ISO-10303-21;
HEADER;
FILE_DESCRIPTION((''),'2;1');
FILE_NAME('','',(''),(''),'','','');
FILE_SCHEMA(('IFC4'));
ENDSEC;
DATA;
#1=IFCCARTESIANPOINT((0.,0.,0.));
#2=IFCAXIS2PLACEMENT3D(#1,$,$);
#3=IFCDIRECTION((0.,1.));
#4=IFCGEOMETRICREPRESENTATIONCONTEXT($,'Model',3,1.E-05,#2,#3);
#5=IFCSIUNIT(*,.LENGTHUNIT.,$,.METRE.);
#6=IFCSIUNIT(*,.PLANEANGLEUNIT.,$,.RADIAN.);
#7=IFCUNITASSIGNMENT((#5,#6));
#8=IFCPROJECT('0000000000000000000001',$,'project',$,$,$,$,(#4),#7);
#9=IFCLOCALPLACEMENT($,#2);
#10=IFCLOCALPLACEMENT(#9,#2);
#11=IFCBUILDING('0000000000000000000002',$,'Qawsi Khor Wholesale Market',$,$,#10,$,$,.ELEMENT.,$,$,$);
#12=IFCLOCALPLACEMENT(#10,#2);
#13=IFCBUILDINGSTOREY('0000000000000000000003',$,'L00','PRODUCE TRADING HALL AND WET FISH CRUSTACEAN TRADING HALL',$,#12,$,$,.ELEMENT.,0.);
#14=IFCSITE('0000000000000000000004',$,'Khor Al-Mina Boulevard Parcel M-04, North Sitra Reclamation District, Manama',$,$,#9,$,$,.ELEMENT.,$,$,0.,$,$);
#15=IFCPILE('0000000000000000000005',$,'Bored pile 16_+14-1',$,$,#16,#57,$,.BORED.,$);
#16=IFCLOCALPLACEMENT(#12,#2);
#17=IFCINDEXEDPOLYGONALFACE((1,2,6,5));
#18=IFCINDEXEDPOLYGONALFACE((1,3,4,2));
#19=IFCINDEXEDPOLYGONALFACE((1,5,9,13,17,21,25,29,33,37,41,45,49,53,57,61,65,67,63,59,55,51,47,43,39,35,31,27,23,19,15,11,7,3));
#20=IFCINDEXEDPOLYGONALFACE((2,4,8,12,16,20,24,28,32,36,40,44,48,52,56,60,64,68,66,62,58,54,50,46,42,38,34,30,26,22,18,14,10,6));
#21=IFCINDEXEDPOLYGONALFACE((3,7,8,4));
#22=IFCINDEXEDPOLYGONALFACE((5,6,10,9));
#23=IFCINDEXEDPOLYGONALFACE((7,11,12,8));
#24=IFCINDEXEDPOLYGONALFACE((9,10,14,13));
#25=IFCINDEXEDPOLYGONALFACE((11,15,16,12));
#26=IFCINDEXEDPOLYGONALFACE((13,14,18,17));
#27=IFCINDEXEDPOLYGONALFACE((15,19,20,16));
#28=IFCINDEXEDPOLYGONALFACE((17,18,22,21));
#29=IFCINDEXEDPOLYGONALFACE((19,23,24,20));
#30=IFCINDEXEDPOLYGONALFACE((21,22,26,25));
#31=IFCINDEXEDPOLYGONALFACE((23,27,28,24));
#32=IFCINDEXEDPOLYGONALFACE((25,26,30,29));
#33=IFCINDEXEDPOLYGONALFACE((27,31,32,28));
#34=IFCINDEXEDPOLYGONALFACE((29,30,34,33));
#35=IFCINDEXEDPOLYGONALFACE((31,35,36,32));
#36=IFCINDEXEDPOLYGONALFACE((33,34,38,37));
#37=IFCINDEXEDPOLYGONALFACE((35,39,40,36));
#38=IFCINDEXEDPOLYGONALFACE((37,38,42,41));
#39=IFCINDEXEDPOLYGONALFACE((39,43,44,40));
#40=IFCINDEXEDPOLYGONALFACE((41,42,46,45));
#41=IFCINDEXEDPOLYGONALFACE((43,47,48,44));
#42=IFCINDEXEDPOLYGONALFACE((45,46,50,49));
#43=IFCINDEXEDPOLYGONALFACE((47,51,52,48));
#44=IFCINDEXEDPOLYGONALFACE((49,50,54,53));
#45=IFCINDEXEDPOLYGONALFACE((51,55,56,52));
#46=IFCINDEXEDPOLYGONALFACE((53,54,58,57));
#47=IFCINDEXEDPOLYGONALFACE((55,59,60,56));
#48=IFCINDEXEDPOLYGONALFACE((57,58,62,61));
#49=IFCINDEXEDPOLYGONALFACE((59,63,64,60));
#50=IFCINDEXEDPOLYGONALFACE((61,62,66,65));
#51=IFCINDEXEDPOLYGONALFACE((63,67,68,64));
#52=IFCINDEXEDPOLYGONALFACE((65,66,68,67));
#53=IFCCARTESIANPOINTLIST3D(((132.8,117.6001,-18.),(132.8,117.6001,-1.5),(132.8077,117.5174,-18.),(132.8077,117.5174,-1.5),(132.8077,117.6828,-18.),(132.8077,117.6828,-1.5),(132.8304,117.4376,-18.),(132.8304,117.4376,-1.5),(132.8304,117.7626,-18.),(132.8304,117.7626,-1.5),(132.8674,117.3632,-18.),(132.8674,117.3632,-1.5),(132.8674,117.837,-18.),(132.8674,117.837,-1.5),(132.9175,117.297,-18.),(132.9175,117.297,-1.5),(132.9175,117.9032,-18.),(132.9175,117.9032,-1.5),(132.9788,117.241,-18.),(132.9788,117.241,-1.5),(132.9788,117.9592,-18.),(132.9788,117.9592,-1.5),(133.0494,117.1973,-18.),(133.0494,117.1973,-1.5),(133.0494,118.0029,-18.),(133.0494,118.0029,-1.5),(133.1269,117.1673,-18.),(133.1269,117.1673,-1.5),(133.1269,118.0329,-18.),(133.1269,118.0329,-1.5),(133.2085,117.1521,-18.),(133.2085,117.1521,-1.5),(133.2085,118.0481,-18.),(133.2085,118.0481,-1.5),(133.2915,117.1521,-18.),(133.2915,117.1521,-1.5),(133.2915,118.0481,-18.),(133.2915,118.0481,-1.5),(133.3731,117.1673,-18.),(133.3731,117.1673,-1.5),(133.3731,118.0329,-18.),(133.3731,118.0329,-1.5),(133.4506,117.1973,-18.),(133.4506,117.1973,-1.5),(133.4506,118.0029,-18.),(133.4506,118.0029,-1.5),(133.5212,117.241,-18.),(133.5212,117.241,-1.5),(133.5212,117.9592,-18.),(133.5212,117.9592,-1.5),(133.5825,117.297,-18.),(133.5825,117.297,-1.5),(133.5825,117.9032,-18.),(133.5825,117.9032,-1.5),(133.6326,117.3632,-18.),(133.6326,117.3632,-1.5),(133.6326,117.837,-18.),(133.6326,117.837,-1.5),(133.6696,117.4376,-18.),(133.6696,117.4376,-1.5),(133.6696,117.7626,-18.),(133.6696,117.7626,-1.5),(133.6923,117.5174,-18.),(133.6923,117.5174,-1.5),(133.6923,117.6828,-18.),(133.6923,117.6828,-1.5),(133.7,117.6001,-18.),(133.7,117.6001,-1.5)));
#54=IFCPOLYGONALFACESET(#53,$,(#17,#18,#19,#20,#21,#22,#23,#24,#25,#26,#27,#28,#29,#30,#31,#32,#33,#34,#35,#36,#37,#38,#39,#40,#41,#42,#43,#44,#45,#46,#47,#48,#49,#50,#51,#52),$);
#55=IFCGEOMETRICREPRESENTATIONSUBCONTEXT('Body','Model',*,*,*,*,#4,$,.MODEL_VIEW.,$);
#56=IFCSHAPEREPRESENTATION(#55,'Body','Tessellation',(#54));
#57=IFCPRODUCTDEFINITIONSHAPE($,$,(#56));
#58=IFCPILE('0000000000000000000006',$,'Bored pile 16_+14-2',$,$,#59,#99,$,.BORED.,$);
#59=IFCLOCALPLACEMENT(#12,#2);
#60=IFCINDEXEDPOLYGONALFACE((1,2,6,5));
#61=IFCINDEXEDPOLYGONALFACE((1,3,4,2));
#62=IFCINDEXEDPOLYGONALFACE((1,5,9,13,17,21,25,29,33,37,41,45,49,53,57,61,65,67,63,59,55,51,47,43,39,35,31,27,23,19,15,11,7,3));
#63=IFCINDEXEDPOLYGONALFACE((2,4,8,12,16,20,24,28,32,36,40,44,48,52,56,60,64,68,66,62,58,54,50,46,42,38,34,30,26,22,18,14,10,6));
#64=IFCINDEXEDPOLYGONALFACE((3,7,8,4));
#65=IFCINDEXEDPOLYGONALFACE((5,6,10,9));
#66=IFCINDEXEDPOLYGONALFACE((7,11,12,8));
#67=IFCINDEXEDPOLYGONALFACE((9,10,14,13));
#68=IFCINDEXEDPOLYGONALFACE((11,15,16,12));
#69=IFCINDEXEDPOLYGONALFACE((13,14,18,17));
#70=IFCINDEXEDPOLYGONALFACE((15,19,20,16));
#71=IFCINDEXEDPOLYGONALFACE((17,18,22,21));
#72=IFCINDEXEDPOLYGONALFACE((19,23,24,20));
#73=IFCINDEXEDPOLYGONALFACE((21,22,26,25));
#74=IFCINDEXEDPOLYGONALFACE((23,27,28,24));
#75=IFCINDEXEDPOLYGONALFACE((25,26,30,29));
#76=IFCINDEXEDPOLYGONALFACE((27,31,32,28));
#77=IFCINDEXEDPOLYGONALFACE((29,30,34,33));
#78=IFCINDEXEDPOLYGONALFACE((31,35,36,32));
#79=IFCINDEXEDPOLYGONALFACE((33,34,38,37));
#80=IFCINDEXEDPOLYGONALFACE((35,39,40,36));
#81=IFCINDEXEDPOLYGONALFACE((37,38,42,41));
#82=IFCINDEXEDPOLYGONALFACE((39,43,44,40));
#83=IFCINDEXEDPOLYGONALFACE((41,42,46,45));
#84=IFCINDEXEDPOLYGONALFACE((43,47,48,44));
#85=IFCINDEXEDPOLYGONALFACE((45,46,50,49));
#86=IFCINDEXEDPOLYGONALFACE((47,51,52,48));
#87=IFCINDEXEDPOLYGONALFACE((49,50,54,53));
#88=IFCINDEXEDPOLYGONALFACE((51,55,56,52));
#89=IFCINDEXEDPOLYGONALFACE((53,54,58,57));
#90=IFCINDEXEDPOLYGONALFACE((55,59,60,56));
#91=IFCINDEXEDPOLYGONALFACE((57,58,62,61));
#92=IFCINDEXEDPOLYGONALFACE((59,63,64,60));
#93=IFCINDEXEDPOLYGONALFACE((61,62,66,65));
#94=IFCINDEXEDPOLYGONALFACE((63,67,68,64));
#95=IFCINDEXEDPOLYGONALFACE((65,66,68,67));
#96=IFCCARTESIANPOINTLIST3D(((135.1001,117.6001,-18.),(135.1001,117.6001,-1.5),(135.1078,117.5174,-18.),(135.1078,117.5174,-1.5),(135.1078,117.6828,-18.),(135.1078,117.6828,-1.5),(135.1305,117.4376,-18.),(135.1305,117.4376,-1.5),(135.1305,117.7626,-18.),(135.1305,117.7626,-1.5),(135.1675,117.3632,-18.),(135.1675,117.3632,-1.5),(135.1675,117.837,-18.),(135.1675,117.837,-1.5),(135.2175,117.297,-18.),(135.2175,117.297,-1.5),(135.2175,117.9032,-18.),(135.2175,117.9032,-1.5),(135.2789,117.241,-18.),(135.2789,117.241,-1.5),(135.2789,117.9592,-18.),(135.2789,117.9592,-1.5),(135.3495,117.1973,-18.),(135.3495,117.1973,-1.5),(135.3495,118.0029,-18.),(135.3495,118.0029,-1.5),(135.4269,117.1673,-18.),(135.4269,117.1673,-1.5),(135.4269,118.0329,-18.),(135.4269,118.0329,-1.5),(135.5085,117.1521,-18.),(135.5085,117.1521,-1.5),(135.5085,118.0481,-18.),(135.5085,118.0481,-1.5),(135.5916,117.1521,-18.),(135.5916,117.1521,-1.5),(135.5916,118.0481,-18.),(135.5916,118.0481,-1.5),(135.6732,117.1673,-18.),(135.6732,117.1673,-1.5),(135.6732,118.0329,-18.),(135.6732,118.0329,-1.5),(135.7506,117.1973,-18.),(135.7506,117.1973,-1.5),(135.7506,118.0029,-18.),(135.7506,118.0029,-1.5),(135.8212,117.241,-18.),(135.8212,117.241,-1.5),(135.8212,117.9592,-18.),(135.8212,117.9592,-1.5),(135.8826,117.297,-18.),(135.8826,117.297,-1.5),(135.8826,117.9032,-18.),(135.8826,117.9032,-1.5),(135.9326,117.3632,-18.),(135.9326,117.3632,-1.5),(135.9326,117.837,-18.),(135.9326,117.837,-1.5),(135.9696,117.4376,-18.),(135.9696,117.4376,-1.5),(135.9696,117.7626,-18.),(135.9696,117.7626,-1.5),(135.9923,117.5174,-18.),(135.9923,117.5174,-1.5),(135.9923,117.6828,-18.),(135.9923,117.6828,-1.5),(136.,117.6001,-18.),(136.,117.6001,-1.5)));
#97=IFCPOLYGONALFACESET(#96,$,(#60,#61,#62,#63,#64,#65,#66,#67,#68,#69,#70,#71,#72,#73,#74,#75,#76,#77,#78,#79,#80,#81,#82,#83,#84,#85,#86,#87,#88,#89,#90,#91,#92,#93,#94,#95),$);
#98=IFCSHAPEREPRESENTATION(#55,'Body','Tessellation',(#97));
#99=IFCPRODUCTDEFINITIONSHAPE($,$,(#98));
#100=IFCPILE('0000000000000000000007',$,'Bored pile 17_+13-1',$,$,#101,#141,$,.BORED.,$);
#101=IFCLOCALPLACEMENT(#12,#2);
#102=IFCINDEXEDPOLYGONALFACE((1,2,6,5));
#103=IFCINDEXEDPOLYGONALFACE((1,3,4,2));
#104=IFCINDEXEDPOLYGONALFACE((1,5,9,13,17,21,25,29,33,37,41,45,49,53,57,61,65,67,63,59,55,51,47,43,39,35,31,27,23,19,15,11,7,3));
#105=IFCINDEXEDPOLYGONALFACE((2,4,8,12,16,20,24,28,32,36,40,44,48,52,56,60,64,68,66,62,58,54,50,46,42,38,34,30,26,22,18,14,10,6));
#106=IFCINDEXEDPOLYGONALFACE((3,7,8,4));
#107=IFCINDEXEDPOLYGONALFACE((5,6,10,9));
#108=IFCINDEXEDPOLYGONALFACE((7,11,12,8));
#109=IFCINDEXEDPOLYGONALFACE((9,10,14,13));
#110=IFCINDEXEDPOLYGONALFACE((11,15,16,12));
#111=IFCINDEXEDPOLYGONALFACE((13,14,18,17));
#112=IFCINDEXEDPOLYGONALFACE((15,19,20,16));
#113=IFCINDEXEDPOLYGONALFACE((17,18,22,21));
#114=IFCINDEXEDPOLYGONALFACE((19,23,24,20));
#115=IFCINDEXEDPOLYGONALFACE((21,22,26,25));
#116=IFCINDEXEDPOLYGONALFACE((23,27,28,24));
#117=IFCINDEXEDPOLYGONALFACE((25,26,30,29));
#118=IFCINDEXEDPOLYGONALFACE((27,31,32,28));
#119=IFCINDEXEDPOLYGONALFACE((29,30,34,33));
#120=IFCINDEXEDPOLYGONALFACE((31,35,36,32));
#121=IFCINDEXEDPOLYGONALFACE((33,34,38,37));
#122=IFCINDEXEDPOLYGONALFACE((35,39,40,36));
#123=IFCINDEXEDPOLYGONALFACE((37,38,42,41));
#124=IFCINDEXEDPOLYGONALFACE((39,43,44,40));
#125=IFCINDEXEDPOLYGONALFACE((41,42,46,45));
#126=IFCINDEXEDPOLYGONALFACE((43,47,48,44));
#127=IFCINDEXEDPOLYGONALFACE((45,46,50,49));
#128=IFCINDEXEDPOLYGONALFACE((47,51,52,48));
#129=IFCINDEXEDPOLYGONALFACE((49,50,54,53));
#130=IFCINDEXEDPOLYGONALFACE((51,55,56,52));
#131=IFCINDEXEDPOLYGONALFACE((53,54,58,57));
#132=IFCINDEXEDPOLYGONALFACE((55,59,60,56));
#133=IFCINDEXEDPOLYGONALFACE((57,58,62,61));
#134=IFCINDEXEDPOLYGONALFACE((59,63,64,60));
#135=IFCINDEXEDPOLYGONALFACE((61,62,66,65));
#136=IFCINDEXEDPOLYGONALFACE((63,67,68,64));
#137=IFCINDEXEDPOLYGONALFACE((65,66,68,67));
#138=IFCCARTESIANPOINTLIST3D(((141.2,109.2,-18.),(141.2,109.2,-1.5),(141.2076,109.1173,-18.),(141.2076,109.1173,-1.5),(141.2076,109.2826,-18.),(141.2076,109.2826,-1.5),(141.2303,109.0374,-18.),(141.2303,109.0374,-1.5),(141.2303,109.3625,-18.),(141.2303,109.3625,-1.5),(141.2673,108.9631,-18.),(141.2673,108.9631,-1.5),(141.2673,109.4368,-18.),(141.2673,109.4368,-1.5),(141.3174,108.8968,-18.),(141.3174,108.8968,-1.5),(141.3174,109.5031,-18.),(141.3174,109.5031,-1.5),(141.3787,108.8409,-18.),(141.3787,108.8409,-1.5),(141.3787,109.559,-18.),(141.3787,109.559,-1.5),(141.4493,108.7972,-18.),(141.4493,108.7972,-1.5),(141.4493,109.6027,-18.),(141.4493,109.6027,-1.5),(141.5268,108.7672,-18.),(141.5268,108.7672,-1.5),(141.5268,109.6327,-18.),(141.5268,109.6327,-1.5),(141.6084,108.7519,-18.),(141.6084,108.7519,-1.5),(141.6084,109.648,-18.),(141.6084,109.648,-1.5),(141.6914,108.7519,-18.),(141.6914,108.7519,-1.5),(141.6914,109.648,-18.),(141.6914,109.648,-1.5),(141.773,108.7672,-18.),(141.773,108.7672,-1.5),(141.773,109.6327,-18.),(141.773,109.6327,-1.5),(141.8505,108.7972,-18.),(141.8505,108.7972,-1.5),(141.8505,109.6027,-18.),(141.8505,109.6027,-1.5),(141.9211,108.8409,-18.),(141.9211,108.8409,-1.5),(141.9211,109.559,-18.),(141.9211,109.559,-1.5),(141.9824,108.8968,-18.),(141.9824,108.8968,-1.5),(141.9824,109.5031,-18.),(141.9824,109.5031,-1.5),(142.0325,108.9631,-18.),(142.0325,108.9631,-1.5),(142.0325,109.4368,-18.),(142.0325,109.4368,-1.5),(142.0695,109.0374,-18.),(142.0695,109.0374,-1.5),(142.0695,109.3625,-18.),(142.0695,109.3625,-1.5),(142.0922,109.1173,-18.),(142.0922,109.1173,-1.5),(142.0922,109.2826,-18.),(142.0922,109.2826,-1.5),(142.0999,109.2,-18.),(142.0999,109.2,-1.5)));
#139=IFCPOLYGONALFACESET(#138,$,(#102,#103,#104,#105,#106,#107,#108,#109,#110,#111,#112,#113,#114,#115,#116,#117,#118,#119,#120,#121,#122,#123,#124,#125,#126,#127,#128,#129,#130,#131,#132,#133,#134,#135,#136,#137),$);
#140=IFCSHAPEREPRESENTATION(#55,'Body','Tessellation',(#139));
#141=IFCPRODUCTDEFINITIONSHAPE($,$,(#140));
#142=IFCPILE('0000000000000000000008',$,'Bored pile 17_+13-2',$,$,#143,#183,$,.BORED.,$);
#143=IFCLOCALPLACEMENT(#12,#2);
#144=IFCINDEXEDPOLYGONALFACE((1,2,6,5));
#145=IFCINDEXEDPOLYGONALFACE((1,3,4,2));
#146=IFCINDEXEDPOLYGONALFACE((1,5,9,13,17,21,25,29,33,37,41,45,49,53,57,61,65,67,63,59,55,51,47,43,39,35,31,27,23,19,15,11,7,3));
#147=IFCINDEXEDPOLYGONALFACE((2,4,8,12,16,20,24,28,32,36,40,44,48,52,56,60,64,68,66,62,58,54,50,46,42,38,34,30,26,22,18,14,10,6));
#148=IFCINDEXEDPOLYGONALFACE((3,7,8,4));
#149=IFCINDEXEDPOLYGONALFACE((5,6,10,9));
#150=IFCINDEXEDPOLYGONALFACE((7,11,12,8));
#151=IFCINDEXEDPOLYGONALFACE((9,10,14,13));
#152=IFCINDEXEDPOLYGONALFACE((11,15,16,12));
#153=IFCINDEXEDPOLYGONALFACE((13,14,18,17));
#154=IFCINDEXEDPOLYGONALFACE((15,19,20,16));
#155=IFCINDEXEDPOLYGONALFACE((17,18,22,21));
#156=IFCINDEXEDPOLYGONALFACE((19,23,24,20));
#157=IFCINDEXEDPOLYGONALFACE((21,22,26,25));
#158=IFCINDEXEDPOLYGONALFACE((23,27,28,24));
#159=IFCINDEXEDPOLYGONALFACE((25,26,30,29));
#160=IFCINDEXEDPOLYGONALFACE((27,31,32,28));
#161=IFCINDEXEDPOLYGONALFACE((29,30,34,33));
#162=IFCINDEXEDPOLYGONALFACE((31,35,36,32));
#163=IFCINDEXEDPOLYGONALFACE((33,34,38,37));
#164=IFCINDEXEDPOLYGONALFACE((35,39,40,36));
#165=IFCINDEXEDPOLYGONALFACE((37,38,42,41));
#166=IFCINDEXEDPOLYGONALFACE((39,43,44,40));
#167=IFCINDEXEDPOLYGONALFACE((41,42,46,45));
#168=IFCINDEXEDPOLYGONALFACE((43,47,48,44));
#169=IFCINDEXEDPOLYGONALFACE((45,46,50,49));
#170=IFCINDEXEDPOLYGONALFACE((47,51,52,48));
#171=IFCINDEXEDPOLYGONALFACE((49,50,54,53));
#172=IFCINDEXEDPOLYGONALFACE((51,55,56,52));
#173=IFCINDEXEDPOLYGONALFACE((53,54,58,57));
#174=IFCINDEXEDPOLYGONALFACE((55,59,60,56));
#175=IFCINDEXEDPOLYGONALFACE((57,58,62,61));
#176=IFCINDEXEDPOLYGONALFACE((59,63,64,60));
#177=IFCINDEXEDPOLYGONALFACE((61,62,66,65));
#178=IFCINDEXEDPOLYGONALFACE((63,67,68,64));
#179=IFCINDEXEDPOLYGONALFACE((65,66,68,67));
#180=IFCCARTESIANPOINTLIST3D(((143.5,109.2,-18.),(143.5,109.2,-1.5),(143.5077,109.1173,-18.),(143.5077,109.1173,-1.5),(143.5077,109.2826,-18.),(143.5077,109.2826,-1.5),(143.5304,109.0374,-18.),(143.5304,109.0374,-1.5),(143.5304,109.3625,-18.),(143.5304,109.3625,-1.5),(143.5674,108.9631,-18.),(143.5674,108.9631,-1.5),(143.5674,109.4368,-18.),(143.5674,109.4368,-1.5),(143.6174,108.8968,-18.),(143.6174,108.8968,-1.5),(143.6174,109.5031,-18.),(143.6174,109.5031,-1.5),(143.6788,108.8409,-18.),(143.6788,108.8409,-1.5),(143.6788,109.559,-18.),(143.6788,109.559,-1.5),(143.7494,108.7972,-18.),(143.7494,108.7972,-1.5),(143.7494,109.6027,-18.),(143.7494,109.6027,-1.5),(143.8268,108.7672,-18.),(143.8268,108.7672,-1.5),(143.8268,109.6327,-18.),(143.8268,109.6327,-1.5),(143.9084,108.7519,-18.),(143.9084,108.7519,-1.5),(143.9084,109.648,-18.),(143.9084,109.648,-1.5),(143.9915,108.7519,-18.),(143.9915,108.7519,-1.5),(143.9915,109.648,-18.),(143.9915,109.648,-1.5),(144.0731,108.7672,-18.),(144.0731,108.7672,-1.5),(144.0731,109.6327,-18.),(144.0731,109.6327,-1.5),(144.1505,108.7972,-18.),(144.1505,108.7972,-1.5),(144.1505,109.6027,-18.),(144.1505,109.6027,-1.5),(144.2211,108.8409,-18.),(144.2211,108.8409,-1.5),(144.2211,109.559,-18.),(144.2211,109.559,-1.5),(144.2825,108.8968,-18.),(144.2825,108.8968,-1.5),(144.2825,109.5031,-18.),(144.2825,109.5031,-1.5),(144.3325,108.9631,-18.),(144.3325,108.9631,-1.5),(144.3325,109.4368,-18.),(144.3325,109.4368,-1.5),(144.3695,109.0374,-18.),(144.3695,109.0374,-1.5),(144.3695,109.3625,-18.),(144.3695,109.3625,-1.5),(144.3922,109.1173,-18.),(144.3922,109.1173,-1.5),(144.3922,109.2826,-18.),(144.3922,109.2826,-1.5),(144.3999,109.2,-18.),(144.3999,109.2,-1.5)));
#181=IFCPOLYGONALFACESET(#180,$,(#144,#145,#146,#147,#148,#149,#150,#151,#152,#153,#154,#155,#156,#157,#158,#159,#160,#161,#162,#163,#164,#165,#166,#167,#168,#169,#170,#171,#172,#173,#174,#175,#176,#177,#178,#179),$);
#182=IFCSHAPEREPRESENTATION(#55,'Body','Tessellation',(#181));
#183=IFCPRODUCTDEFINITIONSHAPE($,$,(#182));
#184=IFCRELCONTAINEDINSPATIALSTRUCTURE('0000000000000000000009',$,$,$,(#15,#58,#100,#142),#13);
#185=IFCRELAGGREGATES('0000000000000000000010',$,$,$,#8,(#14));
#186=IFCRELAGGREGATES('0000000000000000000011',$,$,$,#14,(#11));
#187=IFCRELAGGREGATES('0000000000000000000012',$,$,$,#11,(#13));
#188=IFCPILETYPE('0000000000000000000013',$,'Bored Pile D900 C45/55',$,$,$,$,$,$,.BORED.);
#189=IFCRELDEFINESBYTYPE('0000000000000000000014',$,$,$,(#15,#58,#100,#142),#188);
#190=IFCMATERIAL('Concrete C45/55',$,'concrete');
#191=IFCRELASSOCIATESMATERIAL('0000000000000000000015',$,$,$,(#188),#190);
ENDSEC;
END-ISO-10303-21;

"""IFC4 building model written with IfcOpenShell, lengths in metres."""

from ifc_helpers import new_model, si_unit, direction, frame, origin, origin_2d, place, context, subcontext, project, spatial, circle, extrude, material, material_profile, profile_set, type_object, element, save


model = new_model("IFC4")

# Units and contexts
model_context = context("Model", 3, precision=1e-05, world=origin(), true_north=direction((0.0, 1.0)))
body_context = subcontext(model_context, "Body", "Model", "MODEL_VIEW")
ifc_project = project(units=[si_unit("LENGTHUNIT", "METRE"), si_unit("PLANEANGLEUNIT", "RADIAN")], contexts=[model_context])

# Site, building, storey
site_placement = place(None, origin())
site = spatial("IfcSite", under=ifc_project, at=site_placement, Name="Khor Al-Mina Boulevard Parcel M-04, North Sitra Reclamation District, Manama", CompositionType="ELEMENT", RefElevation=0.0)
building_placement = place(site_placement, origin())
building = spatial("IfcBuilding", under=site, at=building_placement, Name="Qawsi Khor Wholesale Market", CompositionType="ELEMENT")
storey_placement = place(building_placement, origin())
storey = spatial("IfcBuildingStorey", under=building, at=storey_placement, Name="L00", Description="PRODUCE TRADING HALL AND WET FISH CRUSTACEAN TRADING HALL", CompositionType="ELEMENT", Elevation=0.0)

# Piles
ifc_material_1 = material(Name="Concrete C45/55", Category="concrete")
ifc_material_profile_1 = material_profile(ifc_material_1, circle(Radius=0.45, at=origin_2d()), Name="PILE D900")
ifc_profile_set_1 = profile_set([ifc_material_profile_1], Name="Concrete C45/55")
pile_type = type_object("IfcPileType", Name="Bored Pile D900 C45/55", PredefinedType="BORED", material=ifc_profile_set_1)
for number, where, z_axis, x_axis, name in (
    (1, (133.25, 117.6001, -1.5), (0.0, 0.0, -1.0), (1.0, 0.0, 0.0), "Bored pile 16_+14-1"),
    (2, (135.55, 117.6001, -1.5), (0.0, 0.0, -1.0), (1.0, 0.0, 0.0), "Bored pile 16_+14-2"),
    (3, (141.6499, 109.2, -1.5), (0.0, 0.0, -1.0), (1.0, 0.0, 0.0), "Bored pile 17_+13-1"),
    (4, (143.95, 109.2, -1.5), (0.0, 0.0, -1.0), (1.0, 0.0, 0.0), "Bored pile 17_+13-2"),
):
    element("IfcPile", number, at=place(storey_placement, frame(where, z_axis=z_axis, x_axis=x_axis)), inside=storey, type_object=pile_type, Name=name, PredefinedType="BORED", context=body_context, shape_type="SweptSolid", body=[
        extrude(circle(Radius=0.45, at=origin_2d()), origin(), (0.0, 0.0, 1.0), 16.5),
    ])

save(model, "model.ifc")
